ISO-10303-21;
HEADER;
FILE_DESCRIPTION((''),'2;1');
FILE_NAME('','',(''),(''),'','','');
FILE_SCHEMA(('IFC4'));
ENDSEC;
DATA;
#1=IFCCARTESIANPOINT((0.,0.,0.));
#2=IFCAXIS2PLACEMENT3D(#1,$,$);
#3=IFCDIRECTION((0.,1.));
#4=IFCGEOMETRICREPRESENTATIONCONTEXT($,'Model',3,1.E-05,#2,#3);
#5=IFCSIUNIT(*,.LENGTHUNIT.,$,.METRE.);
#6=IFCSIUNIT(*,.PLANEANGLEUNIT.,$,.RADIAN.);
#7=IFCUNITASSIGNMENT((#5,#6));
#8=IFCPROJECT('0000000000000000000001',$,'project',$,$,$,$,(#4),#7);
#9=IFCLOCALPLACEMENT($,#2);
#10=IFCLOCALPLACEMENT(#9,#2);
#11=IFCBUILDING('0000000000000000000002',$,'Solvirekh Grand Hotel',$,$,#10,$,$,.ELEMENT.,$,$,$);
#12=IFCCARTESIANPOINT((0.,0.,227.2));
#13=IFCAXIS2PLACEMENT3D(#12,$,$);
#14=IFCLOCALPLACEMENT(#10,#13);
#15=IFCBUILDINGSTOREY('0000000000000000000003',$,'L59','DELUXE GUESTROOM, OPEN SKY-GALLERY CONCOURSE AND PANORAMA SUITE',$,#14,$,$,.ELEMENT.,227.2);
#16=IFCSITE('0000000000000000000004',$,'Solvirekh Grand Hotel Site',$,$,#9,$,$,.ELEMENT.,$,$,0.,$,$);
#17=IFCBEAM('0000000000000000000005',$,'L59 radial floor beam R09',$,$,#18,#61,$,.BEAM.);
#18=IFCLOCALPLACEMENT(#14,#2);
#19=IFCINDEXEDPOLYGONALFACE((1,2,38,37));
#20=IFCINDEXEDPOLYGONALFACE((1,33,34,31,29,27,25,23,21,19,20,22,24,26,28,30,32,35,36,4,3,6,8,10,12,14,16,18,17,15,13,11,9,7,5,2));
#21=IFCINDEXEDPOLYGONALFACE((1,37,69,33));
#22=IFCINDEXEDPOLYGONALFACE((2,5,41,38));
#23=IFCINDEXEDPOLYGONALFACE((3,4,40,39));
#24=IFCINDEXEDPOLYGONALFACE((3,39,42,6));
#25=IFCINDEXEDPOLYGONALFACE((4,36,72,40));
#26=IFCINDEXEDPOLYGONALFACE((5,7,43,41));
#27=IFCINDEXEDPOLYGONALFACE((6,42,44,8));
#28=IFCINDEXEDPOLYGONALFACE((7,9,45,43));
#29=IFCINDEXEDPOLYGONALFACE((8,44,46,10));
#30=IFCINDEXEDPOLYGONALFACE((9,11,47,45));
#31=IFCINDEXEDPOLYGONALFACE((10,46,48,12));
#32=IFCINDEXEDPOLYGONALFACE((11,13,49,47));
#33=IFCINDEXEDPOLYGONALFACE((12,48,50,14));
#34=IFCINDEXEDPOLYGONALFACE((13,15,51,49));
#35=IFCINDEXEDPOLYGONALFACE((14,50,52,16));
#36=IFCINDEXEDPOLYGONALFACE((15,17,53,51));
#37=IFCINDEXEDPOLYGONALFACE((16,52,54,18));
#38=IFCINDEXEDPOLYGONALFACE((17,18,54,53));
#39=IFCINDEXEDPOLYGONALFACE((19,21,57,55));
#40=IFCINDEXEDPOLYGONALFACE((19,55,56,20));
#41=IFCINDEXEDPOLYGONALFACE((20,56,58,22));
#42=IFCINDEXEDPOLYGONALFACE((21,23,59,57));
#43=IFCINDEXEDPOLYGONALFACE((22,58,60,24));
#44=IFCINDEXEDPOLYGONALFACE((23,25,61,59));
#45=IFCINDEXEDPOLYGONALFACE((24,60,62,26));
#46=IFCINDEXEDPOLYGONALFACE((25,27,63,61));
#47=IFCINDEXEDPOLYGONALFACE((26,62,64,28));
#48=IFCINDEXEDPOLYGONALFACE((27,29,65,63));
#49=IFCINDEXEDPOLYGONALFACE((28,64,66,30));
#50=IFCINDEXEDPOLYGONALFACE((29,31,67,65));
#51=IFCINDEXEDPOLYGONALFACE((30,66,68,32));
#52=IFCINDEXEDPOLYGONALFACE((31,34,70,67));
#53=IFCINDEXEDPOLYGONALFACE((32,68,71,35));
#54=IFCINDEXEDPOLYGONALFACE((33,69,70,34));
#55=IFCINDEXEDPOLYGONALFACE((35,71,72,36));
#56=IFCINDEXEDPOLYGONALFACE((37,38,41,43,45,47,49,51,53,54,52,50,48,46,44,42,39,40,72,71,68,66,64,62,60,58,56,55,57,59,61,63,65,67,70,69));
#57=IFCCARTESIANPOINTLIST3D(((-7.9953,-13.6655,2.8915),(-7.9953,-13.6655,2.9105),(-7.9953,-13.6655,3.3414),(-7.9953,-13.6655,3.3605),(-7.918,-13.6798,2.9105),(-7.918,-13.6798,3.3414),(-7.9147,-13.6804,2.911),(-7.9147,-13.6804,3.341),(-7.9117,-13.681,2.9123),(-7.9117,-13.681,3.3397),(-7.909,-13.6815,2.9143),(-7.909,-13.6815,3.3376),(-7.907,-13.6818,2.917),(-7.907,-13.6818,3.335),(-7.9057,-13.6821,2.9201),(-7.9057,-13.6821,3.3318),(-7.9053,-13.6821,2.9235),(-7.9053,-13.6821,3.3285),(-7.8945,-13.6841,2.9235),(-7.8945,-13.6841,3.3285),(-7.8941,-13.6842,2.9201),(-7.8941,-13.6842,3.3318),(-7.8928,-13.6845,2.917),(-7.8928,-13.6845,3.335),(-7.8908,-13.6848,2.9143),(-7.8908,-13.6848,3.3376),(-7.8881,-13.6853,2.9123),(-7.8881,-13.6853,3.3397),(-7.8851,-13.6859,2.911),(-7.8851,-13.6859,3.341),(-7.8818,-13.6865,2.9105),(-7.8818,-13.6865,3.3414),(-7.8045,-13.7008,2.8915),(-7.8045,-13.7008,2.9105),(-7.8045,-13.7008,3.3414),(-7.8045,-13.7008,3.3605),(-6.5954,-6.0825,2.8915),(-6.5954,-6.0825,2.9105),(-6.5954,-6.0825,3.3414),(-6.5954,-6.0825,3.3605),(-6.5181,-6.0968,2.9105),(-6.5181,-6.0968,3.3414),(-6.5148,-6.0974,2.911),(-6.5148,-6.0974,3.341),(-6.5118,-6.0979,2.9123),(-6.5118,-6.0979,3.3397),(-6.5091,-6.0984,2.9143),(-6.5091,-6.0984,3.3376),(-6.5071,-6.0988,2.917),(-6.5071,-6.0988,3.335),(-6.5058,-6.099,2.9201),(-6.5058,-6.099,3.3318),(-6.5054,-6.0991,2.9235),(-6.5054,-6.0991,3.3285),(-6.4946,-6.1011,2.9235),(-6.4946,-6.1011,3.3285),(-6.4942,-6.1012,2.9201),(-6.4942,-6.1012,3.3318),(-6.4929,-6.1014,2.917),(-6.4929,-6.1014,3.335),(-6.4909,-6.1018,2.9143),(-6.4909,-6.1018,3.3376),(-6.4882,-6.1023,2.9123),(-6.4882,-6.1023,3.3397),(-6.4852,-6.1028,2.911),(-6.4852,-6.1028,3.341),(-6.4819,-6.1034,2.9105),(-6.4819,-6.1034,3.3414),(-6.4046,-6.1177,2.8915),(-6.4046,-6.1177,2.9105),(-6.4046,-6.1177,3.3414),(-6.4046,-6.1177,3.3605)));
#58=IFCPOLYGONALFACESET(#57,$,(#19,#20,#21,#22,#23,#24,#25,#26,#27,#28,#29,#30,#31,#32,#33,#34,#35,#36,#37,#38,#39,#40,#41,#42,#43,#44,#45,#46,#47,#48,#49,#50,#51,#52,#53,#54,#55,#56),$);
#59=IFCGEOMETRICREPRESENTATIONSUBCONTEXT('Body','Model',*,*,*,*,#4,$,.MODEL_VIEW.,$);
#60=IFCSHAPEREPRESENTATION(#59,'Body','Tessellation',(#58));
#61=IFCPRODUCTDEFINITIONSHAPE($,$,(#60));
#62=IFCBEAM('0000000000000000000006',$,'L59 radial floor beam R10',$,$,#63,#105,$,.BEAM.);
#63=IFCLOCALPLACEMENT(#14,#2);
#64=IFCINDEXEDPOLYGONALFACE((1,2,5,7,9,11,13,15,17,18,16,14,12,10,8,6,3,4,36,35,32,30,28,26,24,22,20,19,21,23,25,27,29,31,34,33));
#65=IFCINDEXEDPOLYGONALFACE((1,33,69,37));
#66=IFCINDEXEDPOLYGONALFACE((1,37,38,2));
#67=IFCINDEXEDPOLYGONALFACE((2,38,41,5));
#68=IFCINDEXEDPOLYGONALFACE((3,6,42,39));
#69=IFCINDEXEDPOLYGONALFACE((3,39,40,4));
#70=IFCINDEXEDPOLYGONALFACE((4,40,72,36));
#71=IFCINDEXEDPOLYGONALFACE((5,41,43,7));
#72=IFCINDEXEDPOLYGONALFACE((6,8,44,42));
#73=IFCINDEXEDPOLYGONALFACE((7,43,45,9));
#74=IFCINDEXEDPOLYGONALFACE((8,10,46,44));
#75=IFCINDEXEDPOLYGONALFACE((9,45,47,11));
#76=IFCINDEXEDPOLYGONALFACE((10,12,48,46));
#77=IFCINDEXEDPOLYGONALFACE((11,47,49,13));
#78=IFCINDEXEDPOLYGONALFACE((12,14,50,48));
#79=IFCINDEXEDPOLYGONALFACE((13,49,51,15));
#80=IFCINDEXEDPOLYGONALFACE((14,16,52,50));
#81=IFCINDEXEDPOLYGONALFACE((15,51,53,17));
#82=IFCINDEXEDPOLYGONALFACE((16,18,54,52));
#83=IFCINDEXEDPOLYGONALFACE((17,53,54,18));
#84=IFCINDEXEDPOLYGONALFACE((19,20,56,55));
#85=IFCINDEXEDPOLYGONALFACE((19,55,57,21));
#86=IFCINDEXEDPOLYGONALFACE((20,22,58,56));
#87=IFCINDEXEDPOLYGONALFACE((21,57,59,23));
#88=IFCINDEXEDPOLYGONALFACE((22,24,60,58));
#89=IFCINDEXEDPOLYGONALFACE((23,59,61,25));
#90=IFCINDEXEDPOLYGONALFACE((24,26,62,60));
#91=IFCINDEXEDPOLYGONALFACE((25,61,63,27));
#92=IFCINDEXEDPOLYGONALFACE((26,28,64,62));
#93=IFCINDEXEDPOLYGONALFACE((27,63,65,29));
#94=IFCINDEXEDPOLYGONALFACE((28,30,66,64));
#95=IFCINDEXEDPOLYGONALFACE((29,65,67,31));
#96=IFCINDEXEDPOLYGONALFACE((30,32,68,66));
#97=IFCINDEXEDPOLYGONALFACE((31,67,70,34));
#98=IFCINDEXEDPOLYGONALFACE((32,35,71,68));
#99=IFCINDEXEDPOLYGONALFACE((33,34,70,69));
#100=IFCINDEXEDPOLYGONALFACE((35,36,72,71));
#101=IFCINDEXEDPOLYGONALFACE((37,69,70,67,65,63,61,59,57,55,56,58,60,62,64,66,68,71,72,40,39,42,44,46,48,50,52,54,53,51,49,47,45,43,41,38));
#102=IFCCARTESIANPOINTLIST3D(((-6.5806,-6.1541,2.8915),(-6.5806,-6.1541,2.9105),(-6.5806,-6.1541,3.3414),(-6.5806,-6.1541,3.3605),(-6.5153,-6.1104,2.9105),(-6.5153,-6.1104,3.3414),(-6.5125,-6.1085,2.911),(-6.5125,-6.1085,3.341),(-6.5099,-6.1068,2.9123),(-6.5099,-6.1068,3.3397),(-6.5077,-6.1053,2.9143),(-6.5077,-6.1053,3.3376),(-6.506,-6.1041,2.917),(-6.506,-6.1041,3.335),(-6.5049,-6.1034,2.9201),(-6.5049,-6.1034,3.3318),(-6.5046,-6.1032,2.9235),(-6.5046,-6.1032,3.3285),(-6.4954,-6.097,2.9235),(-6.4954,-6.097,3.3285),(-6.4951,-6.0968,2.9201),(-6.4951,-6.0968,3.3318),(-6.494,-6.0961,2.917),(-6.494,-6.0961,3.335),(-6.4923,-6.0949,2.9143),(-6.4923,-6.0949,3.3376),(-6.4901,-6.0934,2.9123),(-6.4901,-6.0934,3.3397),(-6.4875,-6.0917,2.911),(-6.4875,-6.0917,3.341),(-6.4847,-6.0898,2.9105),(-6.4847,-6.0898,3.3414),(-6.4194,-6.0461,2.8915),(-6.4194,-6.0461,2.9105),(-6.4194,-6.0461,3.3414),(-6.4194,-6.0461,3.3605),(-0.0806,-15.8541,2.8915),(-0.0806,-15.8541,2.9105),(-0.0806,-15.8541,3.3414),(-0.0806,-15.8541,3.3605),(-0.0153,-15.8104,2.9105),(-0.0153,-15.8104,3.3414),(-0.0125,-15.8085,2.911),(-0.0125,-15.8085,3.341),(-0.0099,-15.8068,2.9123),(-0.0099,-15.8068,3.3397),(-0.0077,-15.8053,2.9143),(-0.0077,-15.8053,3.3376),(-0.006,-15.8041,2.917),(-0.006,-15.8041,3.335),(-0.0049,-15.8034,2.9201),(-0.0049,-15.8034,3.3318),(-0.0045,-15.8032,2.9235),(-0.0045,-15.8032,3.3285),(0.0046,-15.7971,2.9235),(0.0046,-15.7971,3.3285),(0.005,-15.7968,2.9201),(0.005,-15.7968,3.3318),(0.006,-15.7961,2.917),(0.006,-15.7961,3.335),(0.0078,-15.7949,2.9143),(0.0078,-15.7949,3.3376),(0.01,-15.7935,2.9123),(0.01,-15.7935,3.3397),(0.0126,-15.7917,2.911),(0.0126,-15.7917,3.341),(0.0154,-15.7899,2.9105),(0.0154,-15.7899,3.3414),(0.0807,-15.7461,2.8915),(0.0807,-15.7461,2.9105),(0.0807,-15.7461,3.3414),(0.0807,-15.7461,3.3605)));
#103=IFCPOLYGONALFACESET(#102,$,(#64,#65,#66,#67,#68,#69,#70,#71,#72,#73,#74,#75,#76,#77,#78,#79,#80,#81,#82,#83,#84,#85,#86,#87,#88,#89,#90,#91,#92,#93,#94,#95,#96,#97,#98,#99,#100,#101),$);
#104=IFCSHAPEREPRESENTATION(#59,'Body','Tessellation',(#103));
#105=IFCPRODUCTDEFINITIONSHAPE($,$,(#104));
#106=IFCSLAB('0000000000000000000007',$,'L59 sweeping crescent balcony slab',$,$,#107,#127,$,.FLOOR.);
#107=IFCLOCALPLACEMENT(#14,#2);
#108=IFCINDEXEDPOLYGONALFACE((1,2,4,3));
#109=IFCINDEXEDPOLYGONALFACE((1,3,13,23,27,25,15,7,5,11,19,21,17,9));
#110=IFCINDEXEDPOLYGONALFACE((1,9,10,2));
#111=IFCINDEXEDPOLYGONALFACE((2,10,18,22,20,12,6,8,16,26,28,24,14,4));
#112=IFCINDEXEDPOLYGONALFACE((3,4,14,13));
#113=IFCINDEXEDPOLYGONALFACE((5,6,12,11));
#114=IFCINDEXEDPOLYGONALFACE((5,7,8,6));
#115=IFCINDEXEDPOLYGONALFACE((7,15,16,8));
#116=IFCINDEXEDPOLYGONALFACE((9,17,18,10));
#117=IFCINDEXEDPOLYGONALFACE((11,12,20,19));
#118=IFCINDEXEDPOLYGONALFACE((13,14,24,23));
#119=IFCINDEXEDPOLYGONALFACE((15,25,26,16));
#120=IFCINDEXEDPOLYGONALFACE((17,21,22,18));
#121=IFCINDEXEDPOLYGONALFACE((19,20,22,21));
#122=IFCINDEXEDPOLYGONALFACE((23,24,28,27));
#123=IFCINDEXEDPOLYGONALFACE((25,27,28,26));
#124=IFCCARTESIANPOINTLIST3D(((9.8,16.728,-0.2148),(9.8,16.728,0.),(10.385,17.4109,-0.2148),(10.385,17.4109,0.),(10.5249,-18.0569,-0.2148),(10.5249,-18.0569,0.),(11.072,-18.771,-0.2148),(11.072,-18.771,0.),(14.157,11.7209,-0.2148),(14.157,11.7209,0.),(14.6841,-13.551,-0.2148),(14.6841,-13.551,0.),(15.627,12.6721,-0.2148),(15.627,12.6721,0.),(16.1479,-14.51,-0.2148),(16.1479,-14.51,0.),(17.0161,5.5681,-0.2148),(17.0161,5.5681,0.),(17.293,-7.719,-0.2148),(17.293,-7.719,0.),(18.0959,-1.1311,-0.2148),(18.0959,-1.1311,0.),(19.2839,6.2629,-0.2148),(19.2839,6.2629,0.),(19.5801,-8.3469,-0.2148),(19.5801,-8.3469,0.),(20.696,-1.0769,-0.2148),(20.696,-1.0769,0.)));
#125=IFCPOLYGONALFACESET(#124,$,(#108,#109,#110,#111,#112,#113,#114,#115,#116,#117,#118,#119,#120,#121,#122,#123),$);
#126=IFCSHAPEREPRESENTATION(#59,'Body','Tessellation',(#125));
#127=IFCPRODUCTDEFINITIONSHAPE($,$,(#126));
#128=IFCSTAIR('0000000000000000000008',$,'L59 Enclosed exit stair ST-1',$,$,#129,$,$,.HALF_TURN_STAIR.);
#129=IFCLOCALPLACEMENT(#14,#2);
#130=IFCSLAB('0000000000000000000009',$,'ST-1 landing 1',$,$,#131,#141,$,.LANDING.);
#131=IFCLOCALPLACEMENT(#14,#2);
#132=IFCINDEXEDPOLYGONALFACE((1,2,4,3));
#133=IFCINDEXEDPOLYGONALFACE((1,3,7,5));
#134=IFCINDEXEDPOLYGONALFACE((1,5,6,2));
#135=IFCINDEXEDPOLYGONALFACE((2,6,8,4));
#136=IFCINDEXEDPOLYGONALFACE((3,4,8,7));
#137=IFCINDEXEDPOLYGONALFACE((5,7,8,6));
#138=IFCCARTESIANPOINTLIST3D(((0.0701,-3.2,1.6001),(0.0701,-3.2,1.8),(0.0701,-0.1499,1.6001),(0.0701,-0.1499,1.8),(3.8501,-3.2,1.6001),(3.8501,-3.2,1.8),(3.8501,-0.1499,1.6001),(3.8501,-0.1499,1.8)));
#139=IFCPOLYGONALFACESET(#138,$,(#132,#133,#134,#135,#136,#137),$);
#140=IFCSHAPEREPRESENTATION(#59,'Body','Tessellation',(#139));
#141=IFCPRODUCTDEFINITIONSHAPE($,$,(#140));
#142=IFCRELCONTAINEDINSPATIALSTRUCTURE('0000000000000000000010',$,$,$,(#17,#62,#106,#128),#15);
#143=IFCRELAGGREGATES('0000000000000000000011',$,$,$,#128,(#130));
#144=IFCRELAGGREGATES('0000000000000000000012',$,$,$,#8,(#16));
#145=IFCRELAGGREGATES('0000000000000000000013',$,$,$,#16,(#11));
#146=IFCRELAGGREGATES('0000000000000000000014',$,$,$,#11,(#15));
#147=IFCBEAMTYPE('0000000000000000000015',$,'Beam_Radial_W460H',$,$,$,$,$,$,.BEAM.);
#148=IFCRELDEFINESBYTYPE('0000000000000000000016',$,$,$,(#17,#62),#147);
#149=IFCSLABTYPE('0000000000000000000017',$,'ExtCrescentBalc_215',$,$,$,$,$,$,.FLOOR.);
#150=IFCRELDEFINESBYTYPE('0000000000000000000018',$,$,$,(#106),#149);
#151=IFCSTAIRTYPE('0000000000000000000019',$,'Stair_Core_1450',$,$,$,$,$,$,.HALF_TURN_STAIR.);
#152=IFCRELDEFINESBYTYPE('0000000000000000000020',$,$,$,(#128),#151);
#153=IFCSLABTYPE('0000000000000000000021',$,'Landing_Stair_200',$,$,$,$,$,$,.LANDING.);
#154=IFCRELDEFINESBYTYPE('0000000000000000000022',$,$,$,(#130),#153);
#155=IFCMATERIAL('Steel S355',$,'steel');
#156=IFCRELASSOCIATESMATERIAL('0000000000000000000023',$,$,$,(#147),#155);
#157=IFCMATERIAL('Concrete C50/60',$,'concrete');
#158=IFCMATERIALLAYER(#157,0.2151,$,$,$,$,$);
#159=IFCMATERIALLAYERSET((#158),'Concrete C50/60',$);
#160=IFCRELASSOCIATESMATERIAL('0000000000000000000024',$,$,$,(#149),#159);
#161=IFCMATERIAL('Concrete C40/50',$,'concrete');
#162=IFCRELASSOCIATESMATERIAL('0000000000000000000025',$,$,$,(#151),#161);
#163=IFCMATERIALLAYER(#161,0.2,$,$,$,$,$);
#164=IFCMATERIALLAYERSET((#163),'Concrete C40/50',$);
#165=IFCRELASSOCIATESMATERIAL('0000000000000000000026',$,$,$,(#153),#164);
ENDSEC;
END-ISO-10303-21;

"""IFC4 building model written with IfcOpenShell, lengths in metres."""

from ifc_helpers import new_model, si_unit, direction, frame, origin, origin_2d, place, context, subcontext, project, spatial, polyline, i_section, outline, extrude, material, layer, layer_set, material_profile, profile_set, type_object, element, aggregate, save


model = new_model("IFC4")

# Units and contexts
model_context = context("Model", 3, precision=1e-05, world=origin(), true_north=direction((0.0, 1.0)))
body_context = subcontext(model_context, "Body", "Model", "MODEL_VIEW")
ifc_project = project(units=[si_unit("LENGTHUNIT", "METRE"), si_unit("PLANEANGLEUNIT", "RADIAN")], contexts=[model_context])

# Site, building, storey
site_placement = place(None, origin())
site = spatial("IfcSite", under=ifc_project, at=site_placement, Name="Solvirekh Grand Hotel Site", CompositionType="ELEMENT", RefElevation=0.0)
building_placement = place(site_placement, origin())
building = spatial("IfcBuilding", under=site, at=building_placement, Name="Solvirekh Grand Hotel", CompositionType="ELEMENT")
storey_placement = place(building_placement, frame((0.0, 0.0, 227.2)))
storey = spatial("IfcBuildingStorey", under=building, at=storey_placement, Name="L59", Description="DELUXE GUESTROOM, OPEN SKY-GALLERY CONCOURSE AND PANORAMA SUITE", CompositionType="ELEMENT", Elevation=227.2)

# Beams
ifc_material_1 = material(Name="Steel S355", Category="steel")
ifc_material_profile = material_profile(ifc_material_1, i_section(OverallWidth=0.1941, OverallDepth=0.469, WebThickness=0.011, FlangeThickness=0.019, FilletRadius=0.0129, at=origin_2d()), Name="W460X106")
ifc_profile_set = profile_set([ifc_material_profile], Name="Steel S355")
beam_type = type_object("IfcBeamType", Name="Beam_Radial_W460H", PredefinedType="BEAM", material=ifc_profile_set)
beam_1_placement = place(storey_placement, frame((-6.5, -6.1001, 3.126), z_axis=(-0.181543, -0.983383, 0.0), x_axis=(0.983383, -0.181543, 0.0)))
element("IfcBeam", 1, at=beam_1_placement, inside=storey, type_object=beam_type, Name="L59 radial floor beam R09", PredefinedType="BEAM", context=body_context, shape_type="SweptSolid", body=[
    extrude(i_section(OverallWidth=0.1941, OverallDepth=0.469, WebThickness=0.011, FlangeThickness=0.019, FilletRadius=0.0129, at=origin_2d()), origin(), (0.0, 0.0, 1.0), 7.7112),
])
beam_2_placement = place(storey_placement, frame((-6.5, -6.1001, 3.126), z_axis=(0.556677, -0.830729, 0.0), x_axis=(0.830729, 0.556677, 0.0)))
element("IfcBeam", 2, at=beam_2_placement, inside=storey, type_object=beam_type, Name="L59 radial floor beam R10", PredefinedType="BEAM", context=body_context, shape_type="SweptSolid", body=[
    extrude(i_section(OverallWidth=0.1941, OverallDepth=0.469, WebThickness=0.011, FlangeThickness=0.019, FilletRadius=0.0129, at=origin_2d()), origin(), (0.0, 0.0, 1.0), 11.6765),
])

# Slab
ifc_material_2 = material(Name="Concrete C50/60", Category="concrete")
ifc_layer_1 = layer(ifc_material_2, 0.2151)
ifc_layer_set_1 = layer_set([ifc_layer_1], Name="Concrete C50/60")
slab_type_1 = type_object("IfcSlabType", Name="ExtCrescentBalc_215", PredefinedType="FLOOR", material=ifc_layer_set_1)
slab_1_placement = place(storey_placement, frame((0.0, 0.0, -0.2148)))
element("IfcSlab", 3, at=slab_1_placement, inside=storey, type_object=slab_type_1, Name="L59 sweeping crescent balcony slab", PredefinedType="FLOOR", context=body_context, shape_type="SweptSolid", body=[
    extrude(outline(polyline([(11.072, -18.771), (16.1479, -14.51), (19.5801, -8.3469), (20.696, -1.0769), (19.2839, 6.2629), (15.627, 12.6721), (10.385, 17.4109), (9.8, 16.728), (14.157, 11.7209), (17.0161, 5.5681), (18.0959, -1.1311), (17.293, -7.719), (14.6841, -13.551), (10.5249, -18.0569), (11.072, -18.771)])), origin(), (0.0, 0.0, 1.0), 0.2148),
])

# Stair, slab
ifc_material_3 = material(Name="Concrete C40/50", Category="concrete")
stair_type = type_object("IfcStairType", Name="Stair_Core_1450", PredefinedType="HALF_TURN_STAIR", material=ifc_material_3)
stair_placement = place(storey_placement, origin())
stair = element("IfcStair", 4, at=stair_placement, inside=storey, type_object=stair_type, Name="L59 Enclosed exit stair ST-1", PredefinedType="HALF_TURN_STAIR")
ifc_layer_2 = layer(ifc_material_3, 0.2)
ifc_layer_set_2 = layer_set([ifc_layer_2], Name="Concrete C40/50")
slab_type_2 = type_object("IfcSlabType", Name="Landing_Stair_200", PredefinedType="LANDING", material=ifc_layer_set_2)
slab_2_placement = place(storey_placement, frame((0.0, 0.0, 1.6001)))
slab_2 = element("IfcSlab", 5, at=slab_2_placement, type_object=slab_type_2, Name="ST-1 landing 1", PredefinedType="LANDING", context=body_context, shape_type="SweptSolid", body=[
    extrude(outline(polyline([(0.0701, -3.2), (3.8501, -3.2), (3.8501, -0.1499), (0.0701, -0.1499), (0.0701, -3.2)])), origin(), (0.0, 0.0, 1.0), 0.2),
])

aggregate(stair, [slab_2])

save(model, "model.ifc")
